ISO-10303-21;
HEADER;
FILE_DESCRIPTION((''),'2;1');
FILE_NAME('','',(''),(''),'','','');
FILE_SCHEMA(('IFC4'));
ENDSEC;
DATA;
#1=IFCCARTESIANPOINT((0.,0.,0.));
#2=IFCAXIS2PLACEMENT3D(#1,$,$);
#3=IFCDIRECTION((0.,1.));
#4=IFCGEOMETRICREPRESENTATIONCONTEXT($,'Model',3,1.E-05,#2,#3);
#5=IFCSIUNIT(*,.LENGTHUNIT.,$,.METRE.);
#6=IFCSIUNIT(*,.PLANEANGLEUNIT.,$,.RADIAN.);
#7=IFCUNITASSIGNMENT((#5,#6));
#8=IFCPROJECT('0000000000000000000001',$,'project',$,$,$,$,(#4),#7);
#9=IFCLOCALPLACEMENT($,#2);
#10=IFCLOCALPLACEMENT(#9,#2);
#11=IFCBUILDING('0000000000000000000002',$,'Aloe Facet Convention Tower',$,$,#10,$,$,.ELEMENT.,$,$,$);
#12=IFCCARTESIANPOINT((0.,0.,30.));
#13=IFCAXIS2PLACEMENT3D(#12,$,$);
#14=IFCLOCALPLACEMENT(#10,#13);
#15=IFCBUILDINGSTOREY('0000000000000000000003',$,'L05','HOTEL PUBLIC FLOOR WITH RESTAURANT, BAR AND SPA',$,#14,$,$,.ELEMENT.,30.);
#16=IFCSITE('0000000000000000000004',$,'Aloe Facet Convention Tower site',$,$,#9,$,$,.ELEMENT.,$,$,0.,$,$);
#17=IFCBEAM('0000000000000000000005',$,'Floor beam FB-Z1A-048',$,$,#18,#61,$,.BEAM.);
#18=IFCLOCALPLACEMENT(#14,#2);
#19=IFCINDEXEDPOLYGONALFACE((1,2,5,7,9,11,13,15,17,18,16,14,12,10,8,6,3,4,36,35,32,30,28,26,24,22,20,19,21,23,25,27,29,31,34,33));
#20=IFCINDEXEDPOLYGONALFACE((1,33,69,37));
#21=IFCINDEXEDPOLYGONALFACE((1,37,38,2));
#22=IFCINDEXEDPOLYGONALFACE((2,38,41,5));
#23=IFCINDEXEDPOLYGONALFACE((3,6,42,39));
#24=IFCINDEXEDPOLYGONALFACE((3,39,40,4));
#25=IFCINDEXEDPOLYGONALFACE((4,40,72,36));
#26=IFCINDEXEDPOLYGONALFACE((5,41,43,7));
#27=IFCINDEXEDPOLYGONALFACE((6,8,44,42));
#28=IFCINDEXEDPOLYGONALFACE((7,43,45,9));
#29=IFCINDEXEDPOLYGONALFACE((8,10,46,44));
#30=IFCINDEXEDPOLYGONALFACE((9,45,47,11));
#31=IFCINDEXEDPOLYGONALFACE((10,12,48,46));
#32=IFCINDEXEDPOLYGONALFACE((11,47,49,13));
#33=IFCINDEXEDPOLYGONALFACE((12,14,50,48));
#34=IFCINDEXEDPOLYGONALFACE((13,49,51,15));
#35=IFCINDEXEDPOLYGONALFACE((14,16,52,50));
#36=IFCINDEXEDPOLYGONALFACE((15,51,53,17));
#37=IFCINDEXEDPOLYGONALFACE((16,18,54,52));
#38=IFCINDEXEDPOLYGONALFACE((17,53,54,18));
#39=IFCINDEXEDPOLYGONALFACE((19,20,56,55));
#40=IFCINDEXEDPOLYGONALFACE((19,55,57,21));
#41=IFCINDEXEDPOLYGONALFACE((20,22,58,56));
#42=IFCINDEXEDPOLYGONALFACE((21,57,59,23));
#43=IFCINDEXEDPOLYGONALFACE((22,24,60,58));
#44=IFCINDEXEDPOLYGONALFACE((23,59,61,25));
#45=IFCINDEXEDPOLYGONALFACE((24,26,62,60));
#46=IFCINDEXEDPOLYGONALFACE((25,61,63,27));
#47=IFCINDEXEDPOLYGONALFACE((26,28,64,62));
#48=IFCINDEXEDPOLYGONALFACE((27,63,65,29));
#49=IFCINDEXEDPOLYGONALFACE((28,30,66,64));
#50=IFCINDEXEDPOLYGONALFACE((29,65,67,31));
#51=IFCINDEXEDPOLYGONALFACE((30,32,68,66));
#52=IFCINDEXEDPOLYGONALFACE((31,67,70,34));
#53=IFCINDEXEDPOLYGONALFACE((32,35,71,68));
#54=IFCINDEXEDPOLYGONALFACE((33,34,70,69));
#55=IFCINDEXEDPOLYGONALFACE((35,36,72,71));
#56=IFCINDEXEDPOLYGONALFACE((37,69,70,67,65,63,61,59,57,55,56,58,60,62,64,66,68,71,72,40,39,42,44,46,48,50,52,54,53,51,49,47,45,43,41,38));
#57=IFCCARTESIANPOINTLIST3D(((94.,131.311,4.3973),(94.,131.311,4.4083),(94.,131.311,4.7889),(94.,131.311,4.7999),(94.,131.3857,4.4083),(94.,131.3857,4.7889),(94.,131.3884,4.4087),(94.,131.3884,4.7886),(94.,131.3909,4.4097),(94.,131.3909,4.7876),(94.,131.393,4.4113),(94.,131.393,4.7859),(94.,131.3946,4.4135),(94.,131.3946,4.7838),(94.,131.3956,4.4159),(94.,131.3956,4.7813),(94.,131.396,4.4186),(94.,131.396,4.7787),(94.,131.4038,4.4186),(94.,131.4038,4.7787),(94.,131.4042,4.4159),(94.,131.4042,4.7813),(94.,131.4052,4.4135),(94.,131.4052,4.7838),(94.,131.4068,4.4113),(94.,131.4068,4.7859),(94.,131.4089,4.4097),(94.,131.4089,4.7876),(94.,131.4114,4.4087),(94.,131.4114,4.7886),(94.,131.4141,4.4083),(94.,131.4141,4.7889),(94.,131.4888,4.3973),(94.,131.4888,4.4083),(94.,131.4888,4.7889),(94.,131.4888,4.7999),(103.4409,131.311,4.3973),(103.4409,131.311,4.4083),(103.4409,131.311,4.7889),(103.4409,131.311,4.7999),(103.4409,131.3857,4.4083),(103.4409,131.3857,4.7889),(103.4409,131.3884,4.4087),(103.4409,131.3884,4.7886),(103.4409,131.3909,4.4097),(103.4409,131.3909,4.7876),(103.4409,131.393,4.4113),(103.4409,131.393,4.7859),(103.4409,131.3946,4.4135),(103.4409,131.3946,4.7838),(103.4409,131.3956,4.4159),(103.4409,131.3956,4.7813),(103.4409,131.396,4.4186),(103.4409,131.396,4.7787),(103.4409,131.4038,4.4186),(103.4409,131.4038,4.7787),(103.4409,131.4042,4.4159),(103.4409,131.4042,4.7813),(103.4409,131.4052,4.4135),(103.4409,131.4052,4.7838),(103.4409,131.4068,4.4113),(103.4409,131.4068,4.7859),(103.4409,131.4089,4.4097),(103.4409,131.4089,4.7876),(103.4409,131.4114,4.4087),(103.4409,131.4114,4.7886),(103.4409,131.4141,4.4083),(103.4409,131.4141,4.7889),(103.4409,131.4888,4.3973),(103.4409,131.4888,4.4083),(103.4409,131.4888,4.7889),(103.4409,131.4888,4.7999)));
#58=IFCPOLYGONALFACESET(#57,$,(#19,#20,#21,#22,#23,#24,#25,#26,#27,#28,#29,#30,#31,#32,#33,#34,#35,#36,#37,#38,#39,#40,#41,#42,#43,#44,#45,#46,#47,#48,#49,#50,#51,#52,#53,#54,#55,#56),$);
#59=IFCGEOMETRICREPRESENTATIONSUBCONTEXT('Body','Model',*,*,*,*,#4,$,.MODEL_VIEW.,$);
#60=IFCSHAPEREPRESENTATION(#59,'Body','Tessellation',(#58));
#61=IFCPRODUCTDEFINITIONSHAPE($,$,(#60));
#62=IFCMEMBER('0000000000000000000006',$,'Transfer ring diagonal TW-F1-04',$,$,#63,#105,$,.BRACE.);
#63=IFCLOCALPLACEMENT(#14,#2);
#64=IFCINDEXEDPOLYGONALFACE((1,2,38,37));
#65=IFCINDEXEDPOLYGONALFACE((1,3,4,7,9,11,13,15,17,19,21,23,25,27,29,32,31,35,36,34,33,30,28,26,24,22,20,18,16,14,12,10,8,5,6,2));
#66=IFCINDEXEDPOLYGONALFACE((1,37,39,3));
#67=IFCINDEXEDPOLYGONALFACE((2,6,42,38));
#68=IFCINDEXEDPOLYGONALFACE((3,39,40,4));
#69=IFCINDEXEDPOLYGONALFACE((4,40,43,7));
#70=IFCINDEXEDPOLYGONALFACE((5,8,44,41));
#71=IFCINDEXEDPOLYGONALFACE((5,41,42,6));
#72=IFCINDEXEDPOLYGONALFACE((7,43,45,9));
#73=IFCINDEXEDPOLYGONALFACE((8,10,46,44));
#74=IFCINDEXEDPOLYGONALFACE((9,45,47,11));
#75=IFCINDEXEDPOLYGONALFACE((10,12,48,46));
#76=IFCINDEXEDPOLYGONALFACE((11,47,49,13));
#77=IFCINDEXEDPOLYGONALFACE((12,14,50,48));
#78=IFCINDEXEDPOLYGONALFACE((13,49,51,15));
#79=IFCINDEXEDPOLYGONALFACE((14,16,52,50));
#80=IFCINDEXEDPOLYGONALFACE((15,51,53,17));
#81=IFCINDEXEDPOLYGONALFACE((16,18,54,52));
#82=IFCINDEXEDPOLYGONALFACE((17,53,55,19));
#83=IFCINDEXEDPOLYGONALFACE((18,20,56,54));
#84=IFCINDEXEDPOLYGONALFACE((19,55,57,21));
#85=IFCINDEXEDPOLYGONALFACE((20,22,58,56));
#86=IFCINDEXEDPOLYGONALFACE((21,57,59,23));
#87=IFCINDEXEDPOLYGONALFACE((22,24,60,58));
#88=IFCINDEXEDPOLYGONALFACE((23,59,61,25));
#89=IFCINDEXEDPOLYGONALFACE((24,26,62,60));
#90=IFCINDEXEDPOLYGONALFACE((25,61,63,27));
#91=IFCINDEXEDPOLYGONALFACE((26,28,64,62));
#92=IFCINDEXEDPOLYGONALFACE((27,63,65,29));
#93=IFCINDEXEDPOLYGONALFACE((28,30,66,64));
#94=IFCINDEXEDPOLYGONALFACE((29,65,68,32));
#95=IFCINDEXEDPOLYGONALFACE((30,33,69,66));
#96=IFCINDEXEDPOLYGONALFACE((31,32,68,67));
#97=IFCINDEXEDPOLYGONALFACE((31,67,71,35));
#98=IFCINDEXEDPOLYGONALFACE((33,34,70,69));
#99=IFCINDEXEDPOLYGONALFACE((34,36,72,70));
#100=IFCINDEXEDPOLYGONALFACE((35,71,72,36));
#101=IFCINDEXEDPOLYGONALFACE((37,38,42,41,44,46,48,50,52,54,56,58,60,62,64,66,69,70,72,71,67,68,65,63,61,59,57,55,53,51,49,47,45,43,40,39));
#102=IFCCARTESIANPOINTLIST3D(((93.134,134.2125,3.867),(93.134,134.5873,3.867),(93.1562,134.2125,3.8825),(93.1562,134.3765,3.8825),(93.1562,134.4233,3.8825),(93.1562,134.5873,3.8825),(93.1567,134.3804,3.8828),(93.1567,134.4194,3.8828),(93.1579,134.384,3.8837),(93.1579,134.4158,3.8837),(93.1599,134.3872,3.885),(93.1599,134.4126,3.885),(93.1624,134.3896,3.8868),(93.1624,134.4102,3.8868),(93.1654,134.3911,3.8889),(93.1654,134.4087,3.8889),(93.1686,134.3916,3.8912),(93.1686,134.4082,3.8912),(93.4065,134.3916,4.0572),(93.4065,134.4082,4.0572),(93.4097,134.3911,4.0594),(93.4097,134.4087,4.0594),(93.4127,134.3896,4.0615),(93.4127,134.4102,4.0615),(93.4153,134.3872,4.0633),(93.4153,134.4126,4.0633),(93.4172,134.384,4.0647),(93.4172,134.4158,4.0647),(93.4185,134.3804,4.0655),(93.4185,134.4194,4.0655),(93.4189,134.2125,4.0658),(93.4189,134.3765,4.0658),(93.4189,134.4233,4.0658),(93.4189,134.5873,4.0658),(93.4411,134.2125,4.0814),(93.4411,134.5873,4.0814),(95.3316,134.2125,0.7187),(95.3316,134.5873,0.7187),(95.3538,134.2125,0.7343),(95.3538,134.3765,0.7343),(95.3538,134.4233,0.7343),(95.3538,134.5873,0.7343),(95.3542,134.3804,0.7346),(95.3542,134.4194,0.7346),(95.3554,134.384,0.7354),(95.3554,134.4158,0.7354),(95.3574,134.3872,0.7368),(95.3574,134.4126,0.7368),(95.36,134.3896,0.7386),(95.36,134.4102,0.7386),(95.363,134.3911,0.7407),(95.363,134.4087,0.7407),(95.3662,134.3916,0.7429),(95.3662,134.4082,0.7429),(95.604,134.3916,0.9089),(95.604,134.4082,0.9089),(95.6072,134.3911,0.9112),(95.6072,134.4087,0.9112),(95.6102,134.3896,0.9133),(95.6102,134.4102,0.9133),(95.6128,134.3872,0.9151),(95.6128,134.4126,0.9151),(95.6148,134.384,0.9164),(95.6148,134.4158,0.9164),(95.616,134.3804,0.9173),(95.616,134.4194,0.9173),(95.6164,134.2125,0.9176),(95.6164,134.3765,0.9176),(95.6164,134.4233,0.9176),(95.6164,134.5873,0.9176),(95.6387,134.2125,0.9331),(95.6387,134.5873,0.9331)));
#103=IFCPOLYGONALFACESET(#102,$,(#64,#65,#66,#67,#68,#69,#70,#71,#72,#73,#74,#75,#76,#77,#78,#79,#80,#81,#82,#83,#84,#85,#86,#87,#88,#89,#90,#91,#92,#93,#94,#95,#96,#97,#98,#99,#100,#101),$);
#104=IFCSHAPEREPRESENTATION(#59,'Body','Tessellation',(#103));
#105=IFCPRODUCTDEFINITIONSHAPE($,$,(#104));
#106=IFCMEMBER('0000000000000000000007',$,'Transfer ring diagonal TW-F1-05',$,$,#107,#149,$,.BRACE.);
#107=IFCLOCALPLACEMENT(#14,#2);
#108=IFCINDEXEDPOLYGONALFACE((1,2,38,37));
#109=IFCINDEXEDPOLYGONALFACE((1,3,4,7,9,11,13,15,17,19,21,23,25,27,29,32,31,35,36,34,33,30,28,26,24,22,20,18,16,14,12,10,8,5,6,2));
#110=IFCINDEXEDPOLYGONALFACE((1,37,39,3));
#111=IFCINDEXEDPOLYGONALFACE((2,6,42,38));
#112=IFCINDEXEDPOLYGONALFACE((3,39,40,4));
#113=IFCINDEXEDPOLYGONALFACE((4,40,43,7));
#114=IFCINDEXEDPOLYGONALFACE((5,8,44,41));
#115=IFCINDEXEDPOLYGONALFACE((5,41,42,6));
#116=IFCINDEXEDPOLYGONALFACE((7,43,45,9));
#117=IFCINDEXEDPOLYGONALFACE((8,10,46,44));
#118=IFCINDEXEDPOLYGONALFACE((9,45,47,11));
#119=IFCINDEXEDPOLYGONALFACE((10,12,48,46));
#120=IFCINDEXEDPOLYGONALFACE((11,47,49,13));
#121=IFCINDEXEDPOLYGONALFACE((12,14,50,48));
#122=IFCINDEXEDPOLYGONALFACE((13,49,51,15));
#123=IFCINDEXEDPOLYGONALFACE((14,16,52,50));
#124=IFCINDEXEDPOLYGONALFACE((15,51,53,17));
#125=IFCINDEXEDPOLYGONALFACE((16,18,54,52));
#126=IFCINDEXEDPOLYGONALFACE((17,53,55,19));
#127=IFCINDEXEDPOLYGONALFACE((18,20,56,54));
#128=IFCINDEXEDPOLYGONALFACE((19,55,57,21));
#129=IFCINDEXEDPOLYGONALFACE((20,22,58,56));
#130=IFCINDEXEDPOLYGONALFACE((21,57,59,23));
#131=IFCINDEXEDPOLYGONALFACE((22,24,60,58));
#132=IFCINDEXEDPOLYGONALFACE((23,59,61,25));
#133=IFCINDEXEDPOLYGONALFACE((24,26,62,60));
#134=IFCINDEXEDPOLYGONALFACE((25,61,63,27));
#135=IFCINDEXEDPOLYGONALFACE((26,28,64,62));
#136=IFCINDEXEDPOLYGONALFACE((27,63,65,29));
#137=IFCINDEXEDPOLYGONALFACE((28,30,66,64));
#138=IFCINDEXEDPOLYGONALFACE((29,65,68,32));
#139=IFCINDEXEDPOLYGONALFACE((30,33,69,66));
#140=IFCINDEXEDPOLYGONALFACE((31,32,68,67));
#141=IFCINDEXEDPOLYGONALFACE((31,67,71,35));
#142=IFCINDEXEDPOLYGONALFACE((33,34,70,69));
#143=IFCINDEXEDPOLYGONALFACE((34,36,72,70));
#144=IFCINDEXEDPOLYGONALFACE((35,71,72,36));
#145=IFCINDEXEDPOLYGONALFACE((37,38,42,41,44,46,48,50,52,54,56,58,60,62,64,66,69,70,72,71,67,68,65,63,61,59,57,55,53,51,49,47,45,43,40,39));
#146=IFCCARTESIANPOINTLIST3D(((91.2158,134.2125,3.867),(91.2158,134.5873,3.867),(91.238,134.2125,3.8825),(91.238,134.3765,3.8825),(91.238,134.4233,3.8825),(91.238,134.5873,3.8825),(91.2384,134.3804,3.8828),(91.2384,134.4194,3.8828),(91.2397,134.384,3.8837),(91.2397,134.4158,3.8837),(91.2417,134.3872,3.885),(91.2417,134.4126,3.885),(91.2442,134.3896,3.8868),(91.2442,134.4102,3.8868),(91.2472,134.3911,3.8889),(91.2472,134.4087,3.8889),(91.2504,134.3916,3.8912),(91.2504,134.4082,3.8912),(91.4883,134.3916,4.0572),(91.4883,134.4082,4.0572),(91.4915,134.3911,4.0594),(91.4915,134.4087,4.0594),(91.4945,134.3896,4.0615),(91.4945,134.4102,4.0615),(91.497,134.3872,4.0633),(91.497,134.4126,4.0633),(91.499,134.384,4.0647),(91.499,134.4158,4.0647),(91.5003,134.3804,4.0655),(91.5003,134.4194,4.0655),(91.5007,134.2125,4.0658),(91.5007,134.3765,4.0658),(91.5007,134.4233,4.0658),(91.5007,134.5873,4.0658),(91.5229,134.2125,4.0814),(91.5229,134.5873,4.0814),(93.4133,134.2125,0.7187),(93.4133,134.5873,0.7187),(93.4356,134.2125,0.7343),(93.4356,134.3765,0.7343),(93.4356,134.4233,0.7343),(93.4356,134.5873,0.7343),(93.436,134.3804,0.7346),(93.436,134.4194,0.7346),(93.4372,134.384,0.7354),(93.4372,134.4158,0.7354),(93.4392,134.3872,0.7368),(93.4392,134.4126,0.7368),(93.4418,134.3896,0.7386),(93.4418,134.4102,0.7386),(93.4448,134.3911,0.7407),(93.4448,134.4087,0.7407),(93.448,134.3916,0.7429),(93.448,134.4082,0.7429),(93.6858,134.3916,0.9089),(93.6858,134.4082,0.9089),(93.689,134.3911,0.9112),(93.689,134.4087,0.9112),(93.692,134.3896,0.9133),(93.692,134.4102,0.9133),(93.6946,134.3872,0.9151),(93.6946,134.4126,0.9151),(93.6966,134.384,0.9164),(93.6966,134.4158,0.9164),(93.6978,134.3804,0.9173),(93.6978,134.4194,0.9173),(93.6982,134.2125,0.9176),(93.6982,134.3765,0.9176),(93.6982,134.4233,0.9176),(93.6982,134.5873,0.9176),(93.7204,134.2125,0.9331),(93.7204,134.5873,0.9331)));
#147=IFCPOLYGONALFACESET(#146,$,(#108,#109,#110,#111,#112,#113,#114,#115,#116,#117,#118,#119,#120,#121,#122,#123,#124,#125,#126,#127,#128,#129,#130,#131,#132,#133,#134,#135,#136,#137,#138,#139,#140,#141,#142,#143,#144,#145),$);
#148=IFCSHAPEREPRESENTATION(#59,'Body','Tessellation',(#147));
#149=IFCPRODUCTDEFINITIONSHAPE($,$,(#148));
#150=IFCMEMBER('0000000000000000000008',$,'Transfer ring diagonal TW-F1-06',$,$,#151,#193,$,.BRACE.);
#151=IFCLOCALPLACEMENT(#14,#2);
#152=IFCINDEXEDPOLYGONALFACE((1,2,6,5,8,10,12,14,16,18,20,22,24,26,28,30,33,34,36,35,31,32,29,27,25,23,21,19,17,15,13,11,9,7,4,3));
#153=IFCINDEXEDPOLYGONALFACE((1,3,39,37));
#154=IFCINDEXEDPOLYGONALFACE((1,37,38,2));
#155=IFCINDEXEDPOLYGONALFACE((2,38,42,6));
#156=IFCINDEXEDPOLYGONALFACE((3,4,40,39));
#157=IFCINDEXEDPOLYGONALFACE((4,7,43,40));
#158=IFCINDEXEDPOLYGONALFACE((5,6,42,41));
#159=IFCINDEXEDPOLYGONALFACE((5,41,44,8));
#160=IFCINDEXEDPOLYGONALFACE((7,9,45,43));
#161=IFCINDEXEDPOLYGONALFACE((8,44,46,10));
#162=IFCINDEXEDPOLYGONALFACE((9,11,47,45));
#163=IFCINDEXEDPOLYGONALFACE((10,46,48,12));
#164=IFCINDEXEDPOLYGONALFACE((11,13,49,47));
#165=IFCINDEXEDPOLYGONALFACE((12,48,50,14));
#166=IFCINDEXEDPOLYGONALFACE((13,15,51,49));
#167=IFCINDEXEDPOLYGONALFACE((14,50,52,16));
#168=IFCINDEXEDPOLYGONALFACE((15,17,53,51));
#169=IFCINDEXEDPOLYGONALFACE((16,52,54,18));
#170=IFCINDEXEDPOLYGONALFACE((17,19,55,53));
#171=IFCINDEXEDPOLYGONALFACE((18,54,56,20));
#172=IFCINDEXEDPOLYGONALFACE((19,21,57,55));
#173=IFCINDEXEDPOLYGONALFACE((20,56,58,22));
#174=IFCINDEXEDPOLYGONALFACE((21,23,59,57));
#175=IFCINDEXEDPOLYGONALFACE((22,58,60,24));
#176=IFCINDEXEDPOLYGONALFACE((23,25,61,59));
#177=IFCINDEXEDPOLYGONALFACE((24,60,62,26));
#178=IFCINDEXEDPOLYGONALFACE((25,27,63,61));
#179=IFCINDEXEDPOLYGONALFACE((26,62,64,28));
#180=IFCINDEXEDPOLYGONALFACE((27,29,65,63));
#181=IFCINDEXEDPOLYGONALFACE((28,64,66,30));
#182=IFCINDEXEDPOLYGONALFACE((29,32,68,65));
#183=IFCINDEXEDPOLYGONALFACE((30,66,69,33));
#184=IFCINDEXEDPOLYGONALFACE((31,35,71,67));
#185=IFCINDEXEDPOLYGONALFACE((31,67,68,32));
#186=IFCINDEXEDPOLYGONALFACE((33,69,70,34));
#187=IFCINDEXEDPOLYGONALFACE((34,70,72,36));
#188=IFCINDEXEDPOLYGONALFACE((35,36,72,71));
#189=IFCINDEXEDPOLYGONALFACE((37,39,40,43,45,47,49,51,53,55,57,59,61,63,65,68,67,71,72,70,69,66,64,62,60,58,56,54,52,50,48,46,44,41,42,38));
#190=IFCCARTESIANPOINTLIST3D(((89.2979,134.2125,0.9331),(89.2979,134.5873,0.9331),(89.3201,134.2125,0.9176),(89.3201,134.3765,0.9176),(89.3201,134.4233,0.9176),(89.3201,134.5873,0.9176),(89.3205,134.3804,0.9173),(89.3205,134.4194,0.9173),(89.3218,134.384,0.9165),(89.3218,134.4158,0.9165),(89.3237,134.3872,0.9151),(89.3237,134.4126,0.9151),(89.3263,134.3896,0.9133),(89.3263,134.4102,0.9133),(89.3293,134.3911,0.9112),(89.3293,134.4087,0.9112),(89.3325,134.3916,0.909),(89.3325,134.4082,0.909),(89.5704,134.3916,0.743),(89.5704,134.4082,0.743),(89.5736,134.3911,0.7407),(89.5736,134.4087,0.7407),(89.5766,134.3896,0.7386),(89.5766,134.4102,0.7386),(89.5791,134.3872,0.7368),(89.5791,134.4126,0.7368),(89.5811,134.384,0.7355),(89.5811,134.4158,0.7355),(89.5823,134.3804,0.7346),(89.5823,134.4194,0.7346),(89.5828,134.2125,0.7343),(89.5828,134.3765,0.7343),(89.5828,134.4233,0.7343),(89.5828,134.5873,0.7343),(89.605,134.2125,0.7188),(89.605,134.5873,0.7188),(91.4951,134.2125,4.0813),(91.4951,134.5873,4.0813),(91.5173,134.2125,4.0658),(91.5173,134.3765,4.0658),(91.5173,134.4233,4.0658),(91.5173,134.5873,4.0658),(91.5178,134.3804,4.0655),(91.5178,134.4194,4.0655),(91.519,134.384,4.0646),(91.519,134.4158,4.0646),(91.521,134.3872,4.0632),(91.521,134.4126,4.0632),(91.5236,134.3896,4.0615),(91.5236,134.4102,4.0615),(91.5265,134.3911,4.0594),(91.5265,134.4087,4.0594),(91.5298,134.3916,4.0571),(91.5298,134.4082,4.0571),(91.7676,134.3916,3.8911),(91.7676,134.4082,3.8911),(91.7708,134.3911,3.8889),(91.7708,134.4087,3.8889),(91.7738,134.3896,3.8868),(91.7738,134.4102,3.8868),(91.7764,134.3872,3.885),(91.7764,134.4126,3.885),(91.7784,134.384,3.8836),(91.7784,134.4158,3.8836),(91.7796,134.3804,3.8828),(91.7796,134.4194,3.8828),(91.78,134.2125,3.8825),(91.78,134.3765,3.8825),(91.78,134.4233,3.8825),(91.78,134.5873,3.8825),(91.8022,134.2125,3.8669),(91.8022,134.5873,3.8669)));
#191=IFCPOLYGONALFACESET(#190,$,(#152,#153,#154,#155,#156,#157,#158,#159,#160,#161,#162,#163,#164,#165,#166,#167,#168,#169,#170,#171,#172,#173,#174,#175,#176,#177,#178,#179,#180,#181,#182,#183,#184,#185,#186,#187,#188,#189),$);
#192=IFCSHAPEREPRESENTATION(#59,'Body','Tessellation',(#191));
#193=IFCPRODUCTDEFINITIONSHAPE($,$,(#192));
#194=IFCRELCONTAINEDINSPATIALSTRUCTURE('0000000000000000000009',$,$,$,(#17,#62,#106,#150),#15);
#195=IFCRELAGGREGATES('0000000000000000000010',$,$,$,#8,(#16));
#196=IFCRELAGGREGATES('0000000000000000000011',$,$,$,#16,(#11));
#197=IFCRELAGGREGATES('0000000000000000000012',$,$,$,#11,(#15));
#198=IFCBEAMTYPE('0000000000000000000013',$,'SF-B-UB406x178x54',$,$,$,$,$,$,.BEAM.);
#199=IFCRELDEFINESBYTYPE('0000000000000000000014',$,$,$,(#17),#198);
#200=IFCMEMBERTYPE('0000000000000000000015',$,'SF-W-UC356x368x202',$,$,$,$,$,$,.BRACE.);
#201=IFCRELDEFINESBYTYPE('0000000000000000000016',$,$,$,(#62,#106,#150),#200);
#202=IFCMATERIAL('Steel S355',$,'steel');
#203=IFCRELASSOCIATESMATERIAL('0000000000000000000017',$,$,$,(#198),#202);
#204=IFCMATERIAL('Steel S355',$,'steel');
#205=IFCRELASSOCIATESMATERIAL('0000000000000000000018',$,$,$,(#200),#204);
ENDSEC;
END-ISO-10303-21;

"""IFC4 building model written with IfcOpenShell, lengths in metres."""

from ifc_helpers import new_model, si_unit, direction, frame, origin, origin_2d, place, context, subcontext, project, spatial, i_section, extrude, material, material_profile, profile_set, type_object, element, save


model = new_model("IFC4")

# Units and contexts
model_context = context("Model", 3, precision=1e-05, world=origin(), true_north=direction((0.0, 1.0)))
body_context = subcontext(model_context, "Body", "Model", "MODEL_VIEW")
ifc_project = project(units=[si_unit("LENGTHUNIT", "METRE"), si_unit("PLANEANGLEUNIT", "RADIAN")], contexts=[model_context])

# Site, building, storey
site_placement = place(None, origin())
site = spatial("IfcSite", under=ifc_project, at=site_placement, Name="Aloe Facet Convention Tower site", CompositionType="ELEMENT", RefElevation=0.0)
building_placement = place(site_placement, origin())
building = spatial("IfcBuilding", under=site, at=building_placement, Name="Aloe Facet Convention Tower", CompositionType="ELEMENT")
storey_placement = place(building_placement, frame((0.0, 0.0, 30.0)))
storey = spatial("IfcBuildingStorey", under=building, at=storey_placement, Name="L05", Description="HOTEL PUBLIC FLOOR WITH RESTAURANT, BAR AND SPA", CompositionType="ELEMENT", Elevation=30.0)

# Beam
ifc_material_1 = material(Name="Steel S355", Category="steel")
ifc_material_profile_1 = material_profile(ifc_material_1, i_section(OverallWidth=0.1777, OverallDepth=0.4026, WebThickness=0.0078, FlangeThickness=0.011, FilletRadius=0.0103, at=origin_2d()), Name="UB 406x178x54")
ifc_profile_set_1 = profile_set([ifc_material_profile_1], Name="Steel S355")
beam_type = type_object("IfcBeamType", Name="SF-B-UB406x178x54", PredefinedType="BEAM", material=ifc_profile_set_1)
beam_placement = place(storey_placement, frame((94.0, 131.3999, 4.5986), z_axis=(1.0, 0.0, 0.0), x_axis=(0.0, 1.0, 0.0)))
element("IfcBeam", 1, at=beam_placement, inside=storey, type_object=beam_type, Name="Floor beam FB-Z1A-048", PredefinedType="BEAM", context=body_context, shape_type="SweptSolid", body=[
    extrude(i_section(OverallWidth=0.1777, OverallDepth=0.4026, WebThickness=0.0078, FlangeThickness=0.011, FilletRadius=0.0103, at=origin_2d()), origin(), (0.0, 0.0, 1.0), 9.4409),
])

# Members
ifc_material_2 = material(Name="Steel S355", Category="steel")
ifc_material_profile_2 = material_profile(ifc_material_2, i_section(OverallWidth=0.3748, OverallDepth=0.3745, WebThickness=0.0166, FlangeThickness=0.0271, FilletRadius=0.0151, at=origin_2d()), Name="UC 356x368x202")
ifc_profile_set_2 = profile_set([ifc_material_profile_2], Name="Steel S355")
member_type = type_object("IfcMemberType", Name="SF-W-UC356x368x202", PredefinedType="BRACE", material=ifc_profile_set_2)
for number, where, z_axis, x_axis, name in (
    (2, (95.4851, 134.3999, 0.8259), (-0.572374, 0.0, 0.819993), (0.0, -1.0, 0.0), "Transfer ring diagonal TW-F1-04"),
    (3, (93.5669, 134.3999, 0.8259), (-0.572374, 0.0, 0.819993), (0.0, -1.0, 0.0), "Transfer ring diagonal TW-F1-05"),
):
    element("IfcMember", number, at=place(storey_placement, frame(where, z_axis=z_axis, x_axis=x_axis)), inside=storey, type_object=member_type, Name=name, PredefinedType="BRACE", context=body_context, shape_type="SweptSolid", body=[
        extrude(i_section(OverallWidth=0.3748, OverallDepth=0.3745, WebThickness=0.0166, FlangeThickness=0.0271, FilletRadius=0.0151, at=origin_2d()), origin(), (0.0, 0.0, 1.0), 3.8394),
    ])
for number, where, z_axis, x_axis, name in (
    (4, (91.6487, 134.3999, 3.9741), (-0.572331, 0.0, -0.820023), (0.0, -1.0, 0.0), "Transfer ring diagonal TW-F1-06"),
):
    element("IfcMember", number, at=place(storey_placement, frame(where, z_axis=z_axis, x_axis=x_axis)), inside=storey, type_object=member_type, Name=name, PredefinedType="BRACE", context=body_context, shape_type="SweptSolid", body=[
        extrude(i_section(OverallWidth=0.3748, OverallDepth=0.3745, WebThickness=0.0166, FlangeThickness=0.0271, FilletRadius=0.0151, at=origin_2d()), origin(), (0.0, 0.0, 1.0), 3.8391),
    ])

save(model, "model.ifc")
